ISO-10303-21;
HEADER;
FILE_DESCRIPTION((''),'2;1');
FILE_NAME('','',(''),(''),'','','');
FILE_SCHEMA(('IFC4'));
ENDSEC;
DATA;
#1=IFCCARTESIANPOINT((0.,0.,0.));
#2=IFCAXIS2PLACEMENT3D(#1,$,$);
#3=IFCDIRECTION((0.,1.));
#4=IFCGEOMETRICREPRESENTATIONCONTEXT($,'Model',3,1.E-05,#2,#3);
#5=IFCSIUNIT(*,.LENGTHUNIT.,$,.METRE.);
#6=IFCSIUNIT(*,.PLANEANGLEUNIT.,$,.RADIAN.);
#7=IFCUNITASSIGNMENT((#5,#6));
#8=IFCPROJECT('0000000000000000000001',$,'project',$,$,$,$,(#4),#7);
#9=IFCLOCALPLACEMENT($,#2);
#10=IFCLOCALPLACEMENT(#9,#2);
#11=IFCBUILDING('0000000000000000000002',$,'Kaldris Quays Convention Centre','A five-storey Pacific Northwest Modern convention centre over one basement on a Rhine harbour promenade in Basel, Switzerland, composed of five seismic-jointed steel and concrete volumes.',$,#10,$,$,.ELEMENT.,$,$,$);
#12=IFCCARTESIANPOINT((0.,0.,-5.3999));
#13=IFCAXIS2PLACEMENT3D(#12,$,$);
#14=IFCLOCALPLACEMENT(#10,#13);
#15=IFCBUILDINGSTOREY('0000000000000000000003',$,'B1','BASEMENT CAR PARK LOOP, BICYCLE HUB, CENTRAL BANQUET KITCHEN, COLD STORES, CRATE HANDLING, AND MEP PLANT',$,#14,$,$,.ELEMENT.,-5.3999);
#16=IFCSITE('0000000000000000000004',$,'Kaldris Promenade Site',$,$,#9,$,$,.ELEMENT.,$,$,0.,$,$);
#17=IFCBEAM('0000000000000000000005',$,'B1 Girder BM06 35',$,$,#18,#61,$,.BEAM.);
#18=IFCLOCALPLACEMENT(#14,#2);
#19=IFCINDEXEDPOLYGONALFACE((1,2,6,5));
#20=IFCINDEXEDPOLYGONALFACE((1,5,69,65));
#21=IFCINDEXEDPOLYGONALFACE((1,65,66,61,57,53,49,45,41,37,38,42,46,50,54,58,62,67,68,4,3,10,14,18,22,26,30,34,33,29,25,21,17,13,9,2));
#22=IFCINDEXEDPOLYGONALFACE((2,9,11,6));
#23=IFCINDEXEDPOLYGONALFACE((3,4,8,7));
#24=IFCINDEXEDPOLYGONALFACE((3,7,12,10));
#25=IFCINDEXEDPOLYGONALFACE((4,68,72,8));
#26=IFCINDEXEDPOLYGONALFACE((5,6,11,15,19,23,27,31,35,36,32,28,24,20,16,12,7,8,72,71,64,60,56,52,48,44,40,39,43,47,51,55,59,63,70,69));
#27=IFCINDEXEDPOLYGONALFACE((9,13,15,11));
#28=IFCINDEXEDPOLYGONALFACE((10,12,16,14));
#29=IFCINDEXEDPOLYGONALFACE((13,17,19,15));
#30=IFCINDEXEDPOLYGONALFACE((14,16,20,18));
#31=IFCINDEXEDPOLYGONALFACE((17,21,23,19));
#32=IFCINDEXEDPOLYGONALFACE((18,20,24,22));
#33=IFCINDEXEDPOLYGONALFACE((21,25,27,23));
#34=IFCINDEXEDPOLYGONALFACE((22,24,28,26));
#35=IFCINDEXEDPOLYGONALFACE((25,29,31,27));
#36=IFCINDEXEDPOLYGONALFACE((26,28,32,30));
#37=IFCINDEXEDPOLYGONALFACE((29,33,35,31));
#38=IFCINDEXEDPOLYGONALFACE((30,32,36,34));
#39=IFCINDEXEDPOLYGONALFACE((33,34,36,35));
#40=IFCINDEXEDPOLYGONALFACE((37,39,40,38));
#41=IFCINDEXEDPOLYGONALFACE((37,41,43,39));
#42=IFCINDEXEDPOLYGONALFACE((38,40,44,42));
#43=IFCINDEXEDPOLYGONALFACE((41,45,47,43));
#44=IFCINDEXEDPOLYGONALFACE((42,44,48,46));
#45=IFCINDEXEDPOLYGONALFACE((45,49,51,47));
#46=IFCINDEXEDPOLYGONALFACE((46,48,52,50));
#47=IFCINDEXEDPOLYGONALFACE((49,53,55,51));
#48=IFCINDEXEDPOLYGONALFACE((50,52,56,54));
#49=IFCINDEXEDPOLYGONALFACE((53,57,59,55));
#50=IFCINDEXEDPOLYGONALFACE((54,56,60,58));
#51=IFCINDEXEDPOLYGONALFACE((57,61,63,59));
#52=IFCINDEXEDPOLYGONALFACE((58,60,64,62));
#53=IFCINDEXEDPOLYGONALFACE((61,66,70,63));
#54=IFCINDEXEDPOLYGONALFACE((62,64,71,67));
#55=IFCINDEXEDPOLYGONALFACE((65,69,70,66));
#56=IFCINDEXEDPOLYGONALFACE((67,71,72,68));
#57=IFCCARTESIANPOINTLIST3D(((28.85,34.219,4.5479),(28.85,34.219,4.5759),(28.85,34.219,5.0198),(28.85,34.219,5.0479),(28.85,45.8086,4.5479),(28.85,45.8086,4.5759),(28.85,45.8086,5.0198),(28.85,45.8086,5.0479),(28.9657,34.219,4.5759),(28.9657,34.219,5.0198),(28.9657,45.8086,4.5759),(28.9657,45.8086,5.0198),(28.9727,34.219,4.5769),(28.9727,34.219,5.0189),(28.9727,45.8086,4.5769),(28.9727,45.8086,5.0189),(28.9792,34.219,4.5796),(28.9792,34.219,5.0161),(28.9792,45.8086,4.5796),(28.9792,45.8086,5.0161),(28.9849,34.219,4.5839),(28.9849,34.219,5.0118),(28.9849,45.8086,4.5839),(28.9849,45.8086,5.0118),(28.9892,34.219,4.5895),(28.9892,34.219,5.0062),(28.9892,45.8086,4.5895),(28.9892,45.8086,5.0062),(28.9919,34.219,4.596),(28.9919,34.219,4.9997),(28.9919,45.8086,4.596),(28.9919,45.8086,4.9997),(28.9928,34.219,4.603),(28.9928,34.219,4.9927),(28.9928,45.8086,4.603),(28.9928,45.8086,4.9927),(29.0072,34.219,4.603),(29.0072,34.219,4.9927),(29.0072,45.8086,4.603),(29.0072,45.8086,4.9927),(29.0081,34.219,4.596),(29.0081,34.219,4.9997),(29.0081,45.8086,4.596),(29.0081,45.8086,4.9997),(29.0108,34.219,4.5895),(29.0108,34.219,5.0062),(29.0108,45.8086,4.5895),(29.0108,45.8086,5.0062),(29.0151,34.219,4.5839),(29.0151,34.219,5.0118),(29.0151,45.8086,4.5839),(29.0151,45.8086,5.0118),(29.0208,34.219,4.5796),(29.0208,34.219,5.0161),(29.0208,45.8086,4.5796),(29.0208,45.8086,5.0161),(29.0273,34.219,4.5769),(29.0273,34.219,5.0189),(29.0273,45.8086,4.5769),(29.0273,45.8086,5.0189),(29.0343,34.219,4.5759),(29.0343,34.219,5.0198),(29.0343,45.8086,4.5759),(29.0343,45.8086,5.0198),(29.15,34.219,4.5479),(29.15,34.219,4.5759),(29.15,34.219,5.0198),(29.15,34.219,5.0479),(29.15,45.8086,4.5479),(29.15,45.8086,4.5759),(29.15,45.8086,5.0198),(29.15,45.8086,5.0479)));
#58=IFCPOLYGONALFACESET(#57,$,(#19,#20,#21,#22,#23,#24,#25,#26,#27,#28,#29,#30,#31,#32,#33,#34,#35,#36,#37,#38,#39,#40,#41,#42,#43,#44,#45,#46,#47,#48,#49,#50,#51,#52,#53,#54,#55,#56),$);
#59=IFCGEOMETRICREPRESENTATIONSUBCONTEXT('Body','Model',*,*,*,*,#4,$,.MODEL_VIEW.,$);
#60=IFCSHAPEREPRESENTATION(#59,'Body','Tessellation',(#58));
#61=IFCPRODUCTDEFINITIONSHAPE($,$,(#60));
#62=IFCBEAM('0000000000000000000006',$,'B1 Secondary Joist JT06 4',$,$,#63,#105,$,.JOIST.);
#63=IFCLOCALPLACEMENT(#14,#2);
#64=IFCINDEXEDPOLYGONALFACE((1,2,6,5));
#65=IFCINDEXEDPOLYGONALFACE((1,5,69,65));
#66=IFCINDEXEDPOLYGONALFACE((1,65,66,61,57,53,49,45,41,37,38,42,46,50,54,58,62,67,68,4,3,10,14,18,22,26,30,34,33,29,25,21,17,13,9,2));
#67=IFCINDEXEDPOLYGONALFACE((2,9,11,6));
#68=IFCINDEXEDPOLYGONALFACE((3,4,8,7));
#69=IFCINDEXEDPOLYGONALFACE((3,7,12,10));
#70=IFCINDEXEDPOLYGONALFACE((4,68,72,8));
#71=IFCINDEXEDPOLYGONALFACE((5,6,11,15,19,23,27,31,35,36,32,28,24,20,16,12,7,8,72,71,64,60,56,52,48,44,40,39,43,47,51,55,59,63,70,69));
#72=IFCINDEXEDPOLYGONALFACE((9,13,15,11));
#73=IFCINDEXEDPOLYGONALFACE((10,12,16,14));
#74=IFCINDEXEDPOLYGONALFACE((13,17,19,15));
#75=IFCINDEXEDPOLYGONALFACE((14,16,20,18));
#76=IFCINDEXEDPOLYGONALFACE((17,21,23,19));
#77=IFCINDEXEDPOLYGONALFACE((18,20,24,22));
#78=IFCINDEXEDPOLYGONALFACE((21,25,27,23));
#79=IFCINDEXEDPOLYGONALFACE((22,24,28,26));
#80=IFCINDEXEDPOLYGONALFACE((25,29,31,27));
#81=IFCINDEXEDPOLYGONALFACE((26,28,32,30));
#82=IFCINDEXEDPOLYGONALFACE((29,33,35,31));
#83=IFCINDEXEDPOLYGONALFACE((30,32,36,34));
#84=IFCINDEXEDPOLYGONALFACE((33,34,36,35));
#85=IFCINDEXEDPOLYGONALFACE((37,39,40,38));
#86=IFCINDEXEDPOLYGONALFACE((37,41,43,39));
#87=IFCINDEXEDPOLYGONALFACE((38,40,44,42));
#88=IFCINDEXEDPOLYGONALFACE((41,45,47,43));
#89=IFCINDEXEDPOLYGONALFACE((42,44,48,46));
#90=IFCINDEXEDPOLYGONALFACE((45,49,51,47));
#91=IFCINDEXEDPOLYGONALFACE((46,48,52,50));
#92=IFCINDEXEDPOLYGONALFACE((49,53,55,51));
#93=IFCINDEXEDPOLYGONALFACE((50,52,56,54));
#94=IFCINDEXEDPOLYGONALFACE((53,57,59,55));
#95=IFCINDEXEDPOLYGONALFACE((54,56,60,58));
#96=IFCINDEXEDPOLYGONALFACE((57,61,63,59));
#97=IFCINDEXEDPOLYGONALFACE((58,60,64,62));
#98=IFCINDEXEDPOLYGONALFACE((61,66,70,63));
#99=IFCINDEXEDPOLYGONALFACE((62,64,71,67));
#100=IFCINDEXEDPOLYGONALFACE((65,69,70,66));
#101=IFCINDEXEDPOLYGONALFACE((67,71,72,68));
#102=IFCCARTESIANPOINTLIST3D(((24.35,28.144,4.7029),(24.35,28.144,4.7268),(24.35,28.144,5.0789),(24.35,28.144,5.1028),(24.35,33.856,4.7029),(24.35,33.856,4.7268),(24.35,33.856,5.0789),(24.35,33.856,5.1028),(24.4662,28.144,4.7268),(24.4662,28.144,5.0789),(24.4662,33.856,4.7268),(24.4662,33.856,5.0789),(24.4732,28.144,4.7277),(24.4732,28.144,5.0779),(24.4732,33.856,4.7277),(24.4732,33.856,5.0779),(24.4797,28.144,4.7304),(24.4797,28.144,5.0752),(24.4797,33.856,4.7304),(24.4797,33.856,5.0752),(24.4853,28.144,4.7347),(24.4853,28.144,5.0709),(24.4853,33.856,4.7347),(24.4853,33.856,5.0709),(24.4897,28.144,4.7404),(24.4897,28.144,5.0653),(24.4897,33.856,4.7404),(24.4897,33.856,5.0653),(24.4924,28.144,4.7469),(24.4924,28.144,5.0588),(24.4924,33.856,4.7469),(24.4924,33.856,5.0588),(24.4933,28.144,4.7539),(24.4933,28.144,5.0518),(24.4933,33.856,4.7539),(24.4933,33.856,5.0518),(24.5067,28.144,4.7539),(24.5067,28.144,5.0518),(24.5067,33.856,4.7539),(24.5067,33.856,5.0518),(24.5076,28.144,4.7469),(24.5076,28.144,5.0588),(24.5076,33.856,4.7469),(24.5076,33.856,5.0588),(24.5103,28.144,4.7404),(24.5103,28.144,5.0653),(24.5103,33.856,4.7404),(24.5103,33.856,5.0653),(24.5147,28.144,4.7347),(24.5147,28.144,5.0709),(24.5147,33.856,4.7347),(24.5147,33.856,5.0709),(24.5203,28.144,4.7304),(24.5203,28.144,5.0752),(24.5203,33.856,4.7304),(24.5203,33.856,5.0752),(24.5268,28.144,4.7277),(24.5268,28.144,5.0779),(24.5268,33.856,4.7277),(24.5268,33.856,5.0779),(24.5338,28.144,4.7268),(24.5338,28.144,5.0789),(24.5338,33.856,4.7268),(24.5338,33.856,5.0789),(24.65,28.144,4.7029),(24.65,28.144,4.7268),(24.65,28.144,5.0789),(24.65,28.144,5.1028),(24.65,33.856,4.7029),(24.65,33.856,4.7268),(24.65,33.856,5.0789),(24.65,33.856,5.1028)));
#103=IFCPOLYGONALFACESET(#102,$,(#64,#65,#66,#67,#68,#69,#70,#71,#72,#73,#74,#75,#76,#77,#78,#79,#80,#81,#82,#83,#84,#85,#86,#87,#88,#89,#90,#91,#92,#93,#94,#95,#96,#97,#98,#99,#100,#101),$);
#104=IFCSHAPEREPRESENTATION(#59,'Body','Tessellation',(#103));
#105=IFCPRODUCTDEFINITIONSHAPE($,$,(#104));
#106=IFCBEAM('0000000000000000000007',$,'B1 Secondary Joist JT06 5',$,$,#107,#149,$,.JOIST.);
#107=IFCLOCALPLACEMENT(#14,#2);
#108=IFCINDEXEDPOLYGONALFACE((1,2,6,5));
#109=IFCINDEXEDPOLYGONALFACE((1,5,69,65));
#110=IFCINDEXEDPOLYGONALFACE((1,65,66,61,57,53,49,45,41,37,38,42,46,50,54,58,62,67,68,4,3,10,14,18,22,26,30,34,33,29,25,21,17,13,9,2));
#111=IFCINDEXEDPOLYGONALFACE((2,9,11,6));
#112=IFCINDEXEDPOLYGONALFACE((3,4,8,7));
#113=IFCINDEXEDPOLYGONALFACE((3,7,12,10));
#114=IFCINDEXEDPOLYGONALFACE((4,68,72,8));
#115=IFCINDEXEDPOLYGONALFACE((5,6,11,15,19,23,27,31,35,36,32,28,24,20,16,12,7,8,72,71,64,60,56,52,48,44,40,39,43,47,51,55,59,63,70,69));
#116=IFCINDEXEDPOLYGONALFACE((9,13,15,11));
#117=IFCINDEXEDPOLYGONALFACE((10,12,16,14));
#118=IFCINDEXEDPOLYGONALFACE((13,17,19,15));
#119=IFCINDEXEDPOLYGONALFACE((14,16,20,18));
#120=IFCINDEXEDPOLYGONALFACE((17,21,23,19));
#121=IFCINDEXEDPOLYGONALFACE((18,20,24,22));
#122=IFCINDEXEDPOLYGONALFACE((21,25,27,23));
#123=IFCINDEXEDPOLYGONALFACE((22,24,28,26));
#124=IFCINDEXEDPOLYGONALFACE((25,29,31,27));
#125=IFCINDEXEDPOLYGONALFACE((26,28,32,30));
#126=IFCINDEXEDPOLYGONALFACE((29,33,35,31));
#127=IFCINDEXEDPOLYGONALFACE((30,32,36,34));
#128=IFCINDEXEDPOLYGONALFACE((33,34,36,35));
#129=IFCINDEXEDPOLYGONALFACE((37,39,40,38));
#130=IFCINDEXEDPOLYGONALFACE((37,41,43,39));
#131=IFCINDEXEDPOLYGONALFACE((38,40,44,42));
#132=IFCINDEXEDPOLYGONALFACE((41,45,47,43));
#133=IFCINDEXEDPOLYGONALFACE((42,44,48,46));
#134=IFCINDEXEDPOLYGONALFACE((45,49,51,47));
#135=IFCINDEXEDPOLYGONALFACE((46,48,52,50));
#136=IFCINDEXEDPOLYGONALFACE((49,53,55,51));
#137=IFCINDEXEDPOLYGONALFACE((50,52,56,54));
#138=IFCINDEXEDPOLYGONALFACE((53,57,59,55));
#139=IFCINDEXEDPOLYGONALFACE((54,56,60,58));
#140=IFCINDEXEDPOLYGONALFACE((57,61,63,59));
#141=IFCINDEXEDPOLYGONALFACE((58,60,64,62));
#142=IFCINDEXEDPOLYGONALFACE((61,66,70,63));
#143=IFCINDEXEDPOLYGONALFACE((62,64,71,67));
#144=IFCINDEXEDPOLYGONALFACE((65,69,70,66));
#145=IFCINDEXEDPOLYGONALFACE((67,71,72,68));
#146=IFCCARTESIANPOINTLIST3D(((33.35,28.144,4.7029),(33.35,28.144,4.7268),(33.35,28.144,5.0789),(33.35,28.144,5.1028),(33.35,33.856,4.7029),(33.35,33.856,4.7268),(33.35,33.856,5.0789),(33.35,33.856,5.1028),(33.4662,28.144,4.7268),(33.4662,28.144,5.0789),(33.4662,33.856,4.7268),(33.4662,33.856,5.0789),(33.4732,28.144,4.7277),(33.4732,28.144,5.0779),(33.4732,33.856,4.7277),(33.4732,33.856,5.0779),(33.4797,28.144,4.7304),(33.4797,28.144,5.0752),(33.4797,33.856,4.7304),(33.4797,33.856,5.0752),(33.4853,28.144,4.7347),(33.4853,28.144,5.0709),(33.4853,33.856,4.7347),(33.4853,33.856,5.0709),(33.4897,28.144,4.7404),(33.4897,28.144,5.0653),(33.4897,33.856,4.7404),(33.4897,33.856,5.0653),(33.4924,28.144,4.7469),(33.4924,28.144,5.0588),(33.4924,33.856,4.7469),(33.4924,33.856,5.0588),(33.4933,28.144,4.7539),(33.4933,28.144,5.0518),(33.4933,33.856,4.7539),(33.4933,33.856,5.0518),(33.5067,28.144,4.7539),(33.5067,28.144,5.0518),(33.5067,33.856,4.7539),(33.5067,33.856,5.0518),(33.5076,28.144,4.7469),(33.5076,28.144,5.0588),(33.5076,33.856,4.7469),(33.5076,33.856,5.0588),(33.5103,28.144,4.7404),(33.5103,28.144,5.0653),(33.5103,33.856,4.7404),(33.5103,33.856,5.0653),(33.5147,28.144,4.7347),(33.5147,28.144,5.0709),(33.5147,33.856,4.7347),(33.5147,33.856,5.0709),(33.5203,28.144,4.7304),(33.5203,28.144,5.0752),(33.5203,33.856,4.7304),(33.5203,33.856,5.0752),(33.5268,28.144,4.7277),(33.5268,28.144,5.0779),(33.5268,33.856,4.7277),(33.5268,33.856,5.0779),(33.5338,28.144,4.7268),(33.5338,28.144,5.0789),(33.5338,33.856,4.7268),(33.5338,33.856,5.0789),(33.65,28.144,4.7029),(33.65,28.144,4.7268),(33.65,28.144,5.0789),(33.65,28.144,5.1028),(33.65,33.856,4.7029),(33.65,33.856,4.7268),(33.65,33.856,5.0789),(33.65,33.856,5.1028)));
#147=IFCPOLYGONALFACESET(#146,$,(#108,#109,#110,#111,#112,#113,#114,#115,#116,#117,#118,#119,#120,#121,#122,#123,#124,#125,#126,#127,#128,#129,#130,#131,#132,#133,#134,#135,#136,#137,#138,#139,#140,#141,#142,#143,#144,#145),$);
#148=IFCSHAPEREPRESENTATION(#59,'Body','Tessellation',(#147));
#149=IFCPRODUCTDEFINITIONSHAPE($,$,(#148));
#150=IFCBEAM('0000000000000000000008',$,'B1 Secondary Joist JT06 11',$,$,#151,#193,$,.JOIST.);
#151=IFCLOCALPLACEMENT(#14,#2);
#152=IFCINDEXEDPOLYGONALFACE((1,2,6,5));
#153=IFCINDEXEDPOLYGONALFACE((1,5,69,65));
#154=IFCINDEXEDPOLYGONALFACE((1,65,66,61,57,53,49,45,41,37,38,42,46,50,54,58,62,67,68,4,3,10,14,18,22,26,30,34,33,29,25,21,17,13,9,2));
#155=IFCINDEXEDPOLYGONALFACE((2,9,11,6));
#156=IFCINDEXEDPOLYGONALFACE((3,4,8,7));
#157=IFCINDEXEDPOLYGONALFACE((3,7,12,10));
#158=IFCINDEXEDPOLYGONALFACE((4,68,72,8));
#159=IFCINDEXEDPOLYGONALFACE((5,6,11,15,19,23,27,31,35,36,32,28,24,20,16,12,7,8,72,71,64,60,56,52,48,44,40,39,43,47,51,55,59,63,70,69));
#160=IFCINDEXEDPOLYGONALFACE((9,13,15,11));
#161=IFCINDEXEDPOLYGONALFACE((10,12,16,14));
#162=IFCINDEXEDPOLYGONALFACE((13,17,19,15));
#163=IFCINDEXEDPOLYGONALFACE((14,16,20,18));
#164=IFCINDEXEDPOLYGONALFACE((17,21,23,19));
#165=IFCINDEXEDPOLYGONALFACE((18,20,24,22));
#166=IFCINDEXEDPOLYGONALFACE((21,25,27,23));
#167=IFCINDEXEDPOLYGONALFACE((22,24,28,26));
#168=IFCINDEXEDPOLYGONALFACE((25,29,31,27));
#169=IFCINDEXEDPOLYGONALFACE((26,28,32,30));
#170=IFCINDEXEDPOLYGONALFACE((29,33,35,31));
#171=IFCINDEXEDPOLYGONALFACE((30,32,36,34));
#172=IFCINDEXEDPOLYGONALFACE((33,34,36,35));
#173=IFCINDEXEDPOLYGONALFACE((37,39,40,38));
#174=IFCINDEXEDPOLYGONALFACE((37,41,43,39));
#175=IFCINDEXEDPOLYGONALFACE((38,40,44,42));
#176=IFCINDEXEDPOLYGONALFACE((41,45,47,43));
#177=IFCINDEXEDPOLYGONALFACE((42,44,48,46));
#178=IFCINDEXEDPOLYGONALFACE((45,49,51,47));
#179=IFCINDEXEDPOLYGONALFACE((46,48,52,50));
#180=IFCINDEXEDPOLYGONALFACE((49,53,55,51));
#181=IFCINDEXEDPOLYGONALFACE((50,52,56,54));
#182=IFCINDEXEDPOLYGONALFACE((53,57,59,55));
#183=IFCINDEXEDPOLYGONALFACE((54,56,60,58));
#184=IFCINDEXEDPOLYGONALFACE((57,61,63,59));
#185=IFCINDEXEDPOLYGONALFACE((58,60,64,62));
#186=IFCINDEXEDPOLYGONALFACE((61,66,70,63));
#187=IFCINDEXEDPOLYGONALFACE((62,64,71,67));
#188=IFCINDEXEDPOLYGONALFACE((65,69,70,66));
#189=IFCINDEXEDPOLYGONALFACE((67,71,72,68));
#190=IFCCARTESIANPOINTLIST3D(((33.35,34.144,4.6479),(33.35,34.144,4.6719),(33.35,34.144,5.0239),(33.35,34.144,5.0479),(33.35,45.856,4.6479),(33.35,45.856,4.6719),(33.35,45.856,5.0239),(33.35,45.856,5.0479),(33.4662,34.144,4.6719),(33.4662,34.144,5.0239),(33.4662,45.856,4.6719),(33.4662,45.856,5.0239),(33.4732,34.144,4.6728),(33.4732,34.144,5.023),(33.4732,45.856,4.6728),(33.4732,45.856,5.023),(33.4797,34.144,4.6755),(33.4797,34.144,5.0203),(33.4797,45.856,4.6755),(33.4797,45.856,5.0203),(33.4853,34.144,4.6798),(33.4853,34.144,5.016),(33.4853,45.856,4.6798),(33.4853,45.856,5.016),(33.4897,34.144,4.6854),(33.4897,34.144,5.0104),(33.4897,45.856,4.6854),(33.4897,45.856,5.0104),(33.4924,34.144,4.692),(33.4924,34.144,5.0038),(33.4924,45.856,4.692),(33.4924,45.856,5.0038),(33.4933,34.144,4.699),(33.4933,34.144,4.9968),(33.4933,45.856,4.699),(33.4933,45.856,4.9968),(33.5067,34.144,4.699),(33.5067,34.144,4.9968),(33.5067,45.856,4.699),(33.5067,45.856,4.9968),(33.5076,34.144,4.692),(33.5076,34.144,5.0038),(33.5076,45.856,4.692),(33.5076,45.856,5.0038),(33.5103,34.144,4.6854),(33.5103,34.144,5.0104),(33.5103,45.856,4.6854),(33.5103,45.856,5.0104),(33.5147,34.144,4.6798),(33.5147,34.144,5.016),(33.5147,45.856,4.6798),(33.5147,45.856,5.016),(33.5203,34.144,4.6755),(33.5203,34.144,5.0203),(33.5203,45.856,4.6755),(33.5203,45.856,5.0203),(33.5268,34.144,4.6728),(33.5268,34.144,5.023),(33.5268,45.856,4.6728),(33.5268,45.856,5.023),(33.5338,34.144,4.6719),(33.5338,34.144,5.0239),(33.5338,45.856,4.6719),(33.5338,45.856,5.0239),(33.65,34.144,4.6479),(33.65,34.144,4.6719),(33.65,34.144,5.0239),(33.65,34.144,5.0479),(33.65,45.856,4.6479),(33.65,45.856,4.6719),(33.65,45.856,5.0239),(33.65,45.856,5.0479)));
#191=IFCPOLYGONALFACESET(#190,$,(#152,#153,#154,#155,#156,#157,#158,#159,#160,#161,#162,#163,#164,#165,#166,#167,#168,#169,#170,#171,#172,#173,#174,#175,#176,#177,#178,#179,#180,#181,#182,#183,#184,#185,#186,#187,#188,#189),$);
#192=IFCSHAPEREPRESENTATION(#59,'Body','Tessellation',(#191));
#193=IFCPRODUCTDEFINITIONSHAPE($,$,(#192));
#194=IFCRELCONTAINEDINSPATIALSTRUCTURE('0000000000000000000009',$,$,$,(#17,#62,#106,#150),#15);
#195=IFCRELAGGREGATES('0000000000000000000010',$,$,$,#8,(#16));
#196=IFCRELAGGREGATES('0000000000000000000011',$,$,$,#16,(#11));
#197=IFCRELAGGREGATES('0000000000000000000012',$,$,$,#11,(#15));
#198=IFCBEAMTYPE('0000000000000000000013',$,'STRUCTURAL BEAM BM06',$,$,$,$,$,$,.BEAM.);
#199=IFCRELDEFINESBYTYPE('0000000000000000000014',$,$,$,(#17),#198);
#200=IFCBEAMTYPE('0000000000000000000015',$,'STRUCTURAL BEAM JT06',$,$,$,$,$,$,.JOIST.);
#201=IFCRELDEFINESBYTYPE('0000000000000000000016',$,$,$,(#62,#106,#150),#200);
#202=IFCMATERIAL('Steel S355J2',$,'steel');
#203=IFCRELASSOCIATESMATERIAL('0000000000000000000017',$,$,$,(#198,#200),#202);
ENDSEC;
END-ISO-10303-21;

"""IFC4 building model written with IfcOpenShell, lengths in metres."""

from ifc_helpers import new_model, si_unit, direction, frame, origin, origin_2d, place, context, subcontext, project, spatial, i_section, extrude, material, material_profile, profile_set, type_object, element, save


model = new_model("IFC4")

# Units and contexts
model_context = context("Model", 3, precision=1e-05, world=origin(), true_north=direction((0.0, 1.0)))
body_context = subcontext(model_context, "Body", "Model", "MODEL_VIEW")
ifc_project = project(units=[si_unit("LENGTHUNIT", "METRE"), si_unit("PLANEANGLEUNIT", "RADIAN")], contexts=[model_context])

# Site, building, storey
site_placement = place(None, origin())
site = spatial("IfcSite", under=ifc_project, at=site_placement, Name="Kaldris Promenade Site", CompositionType="ELEMENT", RefElevation=0.0)
building_placement = place(site_placement, origin())
building = spatial("IfcBuilding", under=site, at=building_placement, Name="Kaldris Quays Convention Centre", Description="A five-storey Pacific Northwest Modern convention centre over one basement on a Rhine harbour promenade in Basel, Switzerland, composed of five seismic-jointed steel and concrete volumes.", CompositionType="ELEMENT")
storey_placement = place(building_placement, frame((0.0, 0.0, -5.3999)))
storey = spatial("IfcBuildingStorey", under=building, at=storey_placement, Name="B1", Description="BASEMENT CAR PARK LOOP, BICYCLE HUB, CENTRAL BANQUET KITCHEN, COLD STORES, CRATE HANDLING, AND MEP PLANT", CompositionType="ELEMENT", Elevation=-5.3999)

# Shared definitions
ifc_material_1 = material(Name="Steel S355J2", Category="steel")

# Beams
ifc_material_profile_1 = material_profile(ifc_material_1, i_section(OverallWidth=0.3, OverallDepth=0.5, WebThickness=0.0144, FlangeThickness=0.0281, FilletRadius=0.0271, at=origin_2d()), Name="HEB 500")
ifc_profile_set_1 = profile_set([ifc_material_profile_1], Name="Steel S355J2")
beam_type_1 = type_object("IfcBeamType", Name="STRUCTURAL BEAM BM06", PredefinedType="BEAM", material=ifc_profile_set_1)
beam_1_placement = place(storey_placement, frame((29.0, 34.219, 4.7979), z_axis=(0.0, 1.0, 0.0), x_axis=(-1.0, 0.0, 0.0)))
element("IfcBeam", 1, at=beam_1_placement, inside=storey, type_object=beam_type_1, Name="B1 Girder BM06 35", PredefinedType="BEAM", context=body_context, shape_type="SweptSolid", body=[
    extrude(i_section(OverallWidth=0.3, OverallDepth=0.5, WebThickness=0.0144, FlangeThickness=0.0281, FilletRadius=0.0271, at=origin_2d()), origin(), (0.0, 0.0, 1.0), 11.5896),
])
ifc_material_profile_2 = material_profile(ifc_material_1, i_section(OverallWidth=0.3, OverallDepth=0.3999, WebThickness=0.0134, FlangeThickness=0.0239, FilletRadius=0.0271, at=origin_2d()), Name="HEB 400")
ifc_profile_set_2 = profile_set([ifc_material_profile_2], Name="Steel S355J2")
beam_type_2 = type_object("IfcBeamType", Name="STRUCTURAL BEAM JT06", PredefinedType="JOIST", material=ifc_profile_set_2)
for number, where, z_axis, x_axis, name in (
    (2, (24.5, 28.144, 4.9028), (0.0, 1.0, 0.0), (-1.0, 0.0, 0.0), "B1 Secondary Joist JT06 4"),
    (3, (33.5, 28.144, 4.9028), (0.0, 1.0, 0.0), (-1.0, 0.0, 0.0), "B1 Secondary Joist JT06 5"),
):
    element("IfcBeam", number, at=place(storey_placement, frame(where, z_axis=z_axis, x_axis=x_axis)), inside=storey, type_object=beam_type_2, Name=name, PredefinedType="JOIST", context=body_context, shape_type="SweptSolid", body=[
        extrude(i_section(OverallWidth=0.3, OverallDepth=0.3999, WebThickness=0.0134, FlangeThickness=0.0239, FilletRadius=0.0271, at=origin_2d()), origin(), (0.0, 0.0, 1.0), 5.7119),
    ])
beam_2_placement = place(storey_placement, frame((33.5, 34.144, 4.8479), z_axis=(0.0, 1.0, 0.0), x_axis=(-1.0, 0.0, 0.0)))
element("IfcBeam", 4, at=beam_2_placement, inside=storey, type_object=beam_type_2, Name="B1 Secondary Joist JT06 11", PredefinedType="JOIST", context=body_context, shape_type="SweptSolid", body=[
    extrude(i_section(OverallWidth=0.3, OverallDepth=0.3999, WebThickness=0.0134, FlangeThickness=0.0239, FilletRadius=0.0271, at=origin_2d()), origin(), (0.0, 0.0, 1.0), 11.7119),
])

save(model, "model.ifc")
